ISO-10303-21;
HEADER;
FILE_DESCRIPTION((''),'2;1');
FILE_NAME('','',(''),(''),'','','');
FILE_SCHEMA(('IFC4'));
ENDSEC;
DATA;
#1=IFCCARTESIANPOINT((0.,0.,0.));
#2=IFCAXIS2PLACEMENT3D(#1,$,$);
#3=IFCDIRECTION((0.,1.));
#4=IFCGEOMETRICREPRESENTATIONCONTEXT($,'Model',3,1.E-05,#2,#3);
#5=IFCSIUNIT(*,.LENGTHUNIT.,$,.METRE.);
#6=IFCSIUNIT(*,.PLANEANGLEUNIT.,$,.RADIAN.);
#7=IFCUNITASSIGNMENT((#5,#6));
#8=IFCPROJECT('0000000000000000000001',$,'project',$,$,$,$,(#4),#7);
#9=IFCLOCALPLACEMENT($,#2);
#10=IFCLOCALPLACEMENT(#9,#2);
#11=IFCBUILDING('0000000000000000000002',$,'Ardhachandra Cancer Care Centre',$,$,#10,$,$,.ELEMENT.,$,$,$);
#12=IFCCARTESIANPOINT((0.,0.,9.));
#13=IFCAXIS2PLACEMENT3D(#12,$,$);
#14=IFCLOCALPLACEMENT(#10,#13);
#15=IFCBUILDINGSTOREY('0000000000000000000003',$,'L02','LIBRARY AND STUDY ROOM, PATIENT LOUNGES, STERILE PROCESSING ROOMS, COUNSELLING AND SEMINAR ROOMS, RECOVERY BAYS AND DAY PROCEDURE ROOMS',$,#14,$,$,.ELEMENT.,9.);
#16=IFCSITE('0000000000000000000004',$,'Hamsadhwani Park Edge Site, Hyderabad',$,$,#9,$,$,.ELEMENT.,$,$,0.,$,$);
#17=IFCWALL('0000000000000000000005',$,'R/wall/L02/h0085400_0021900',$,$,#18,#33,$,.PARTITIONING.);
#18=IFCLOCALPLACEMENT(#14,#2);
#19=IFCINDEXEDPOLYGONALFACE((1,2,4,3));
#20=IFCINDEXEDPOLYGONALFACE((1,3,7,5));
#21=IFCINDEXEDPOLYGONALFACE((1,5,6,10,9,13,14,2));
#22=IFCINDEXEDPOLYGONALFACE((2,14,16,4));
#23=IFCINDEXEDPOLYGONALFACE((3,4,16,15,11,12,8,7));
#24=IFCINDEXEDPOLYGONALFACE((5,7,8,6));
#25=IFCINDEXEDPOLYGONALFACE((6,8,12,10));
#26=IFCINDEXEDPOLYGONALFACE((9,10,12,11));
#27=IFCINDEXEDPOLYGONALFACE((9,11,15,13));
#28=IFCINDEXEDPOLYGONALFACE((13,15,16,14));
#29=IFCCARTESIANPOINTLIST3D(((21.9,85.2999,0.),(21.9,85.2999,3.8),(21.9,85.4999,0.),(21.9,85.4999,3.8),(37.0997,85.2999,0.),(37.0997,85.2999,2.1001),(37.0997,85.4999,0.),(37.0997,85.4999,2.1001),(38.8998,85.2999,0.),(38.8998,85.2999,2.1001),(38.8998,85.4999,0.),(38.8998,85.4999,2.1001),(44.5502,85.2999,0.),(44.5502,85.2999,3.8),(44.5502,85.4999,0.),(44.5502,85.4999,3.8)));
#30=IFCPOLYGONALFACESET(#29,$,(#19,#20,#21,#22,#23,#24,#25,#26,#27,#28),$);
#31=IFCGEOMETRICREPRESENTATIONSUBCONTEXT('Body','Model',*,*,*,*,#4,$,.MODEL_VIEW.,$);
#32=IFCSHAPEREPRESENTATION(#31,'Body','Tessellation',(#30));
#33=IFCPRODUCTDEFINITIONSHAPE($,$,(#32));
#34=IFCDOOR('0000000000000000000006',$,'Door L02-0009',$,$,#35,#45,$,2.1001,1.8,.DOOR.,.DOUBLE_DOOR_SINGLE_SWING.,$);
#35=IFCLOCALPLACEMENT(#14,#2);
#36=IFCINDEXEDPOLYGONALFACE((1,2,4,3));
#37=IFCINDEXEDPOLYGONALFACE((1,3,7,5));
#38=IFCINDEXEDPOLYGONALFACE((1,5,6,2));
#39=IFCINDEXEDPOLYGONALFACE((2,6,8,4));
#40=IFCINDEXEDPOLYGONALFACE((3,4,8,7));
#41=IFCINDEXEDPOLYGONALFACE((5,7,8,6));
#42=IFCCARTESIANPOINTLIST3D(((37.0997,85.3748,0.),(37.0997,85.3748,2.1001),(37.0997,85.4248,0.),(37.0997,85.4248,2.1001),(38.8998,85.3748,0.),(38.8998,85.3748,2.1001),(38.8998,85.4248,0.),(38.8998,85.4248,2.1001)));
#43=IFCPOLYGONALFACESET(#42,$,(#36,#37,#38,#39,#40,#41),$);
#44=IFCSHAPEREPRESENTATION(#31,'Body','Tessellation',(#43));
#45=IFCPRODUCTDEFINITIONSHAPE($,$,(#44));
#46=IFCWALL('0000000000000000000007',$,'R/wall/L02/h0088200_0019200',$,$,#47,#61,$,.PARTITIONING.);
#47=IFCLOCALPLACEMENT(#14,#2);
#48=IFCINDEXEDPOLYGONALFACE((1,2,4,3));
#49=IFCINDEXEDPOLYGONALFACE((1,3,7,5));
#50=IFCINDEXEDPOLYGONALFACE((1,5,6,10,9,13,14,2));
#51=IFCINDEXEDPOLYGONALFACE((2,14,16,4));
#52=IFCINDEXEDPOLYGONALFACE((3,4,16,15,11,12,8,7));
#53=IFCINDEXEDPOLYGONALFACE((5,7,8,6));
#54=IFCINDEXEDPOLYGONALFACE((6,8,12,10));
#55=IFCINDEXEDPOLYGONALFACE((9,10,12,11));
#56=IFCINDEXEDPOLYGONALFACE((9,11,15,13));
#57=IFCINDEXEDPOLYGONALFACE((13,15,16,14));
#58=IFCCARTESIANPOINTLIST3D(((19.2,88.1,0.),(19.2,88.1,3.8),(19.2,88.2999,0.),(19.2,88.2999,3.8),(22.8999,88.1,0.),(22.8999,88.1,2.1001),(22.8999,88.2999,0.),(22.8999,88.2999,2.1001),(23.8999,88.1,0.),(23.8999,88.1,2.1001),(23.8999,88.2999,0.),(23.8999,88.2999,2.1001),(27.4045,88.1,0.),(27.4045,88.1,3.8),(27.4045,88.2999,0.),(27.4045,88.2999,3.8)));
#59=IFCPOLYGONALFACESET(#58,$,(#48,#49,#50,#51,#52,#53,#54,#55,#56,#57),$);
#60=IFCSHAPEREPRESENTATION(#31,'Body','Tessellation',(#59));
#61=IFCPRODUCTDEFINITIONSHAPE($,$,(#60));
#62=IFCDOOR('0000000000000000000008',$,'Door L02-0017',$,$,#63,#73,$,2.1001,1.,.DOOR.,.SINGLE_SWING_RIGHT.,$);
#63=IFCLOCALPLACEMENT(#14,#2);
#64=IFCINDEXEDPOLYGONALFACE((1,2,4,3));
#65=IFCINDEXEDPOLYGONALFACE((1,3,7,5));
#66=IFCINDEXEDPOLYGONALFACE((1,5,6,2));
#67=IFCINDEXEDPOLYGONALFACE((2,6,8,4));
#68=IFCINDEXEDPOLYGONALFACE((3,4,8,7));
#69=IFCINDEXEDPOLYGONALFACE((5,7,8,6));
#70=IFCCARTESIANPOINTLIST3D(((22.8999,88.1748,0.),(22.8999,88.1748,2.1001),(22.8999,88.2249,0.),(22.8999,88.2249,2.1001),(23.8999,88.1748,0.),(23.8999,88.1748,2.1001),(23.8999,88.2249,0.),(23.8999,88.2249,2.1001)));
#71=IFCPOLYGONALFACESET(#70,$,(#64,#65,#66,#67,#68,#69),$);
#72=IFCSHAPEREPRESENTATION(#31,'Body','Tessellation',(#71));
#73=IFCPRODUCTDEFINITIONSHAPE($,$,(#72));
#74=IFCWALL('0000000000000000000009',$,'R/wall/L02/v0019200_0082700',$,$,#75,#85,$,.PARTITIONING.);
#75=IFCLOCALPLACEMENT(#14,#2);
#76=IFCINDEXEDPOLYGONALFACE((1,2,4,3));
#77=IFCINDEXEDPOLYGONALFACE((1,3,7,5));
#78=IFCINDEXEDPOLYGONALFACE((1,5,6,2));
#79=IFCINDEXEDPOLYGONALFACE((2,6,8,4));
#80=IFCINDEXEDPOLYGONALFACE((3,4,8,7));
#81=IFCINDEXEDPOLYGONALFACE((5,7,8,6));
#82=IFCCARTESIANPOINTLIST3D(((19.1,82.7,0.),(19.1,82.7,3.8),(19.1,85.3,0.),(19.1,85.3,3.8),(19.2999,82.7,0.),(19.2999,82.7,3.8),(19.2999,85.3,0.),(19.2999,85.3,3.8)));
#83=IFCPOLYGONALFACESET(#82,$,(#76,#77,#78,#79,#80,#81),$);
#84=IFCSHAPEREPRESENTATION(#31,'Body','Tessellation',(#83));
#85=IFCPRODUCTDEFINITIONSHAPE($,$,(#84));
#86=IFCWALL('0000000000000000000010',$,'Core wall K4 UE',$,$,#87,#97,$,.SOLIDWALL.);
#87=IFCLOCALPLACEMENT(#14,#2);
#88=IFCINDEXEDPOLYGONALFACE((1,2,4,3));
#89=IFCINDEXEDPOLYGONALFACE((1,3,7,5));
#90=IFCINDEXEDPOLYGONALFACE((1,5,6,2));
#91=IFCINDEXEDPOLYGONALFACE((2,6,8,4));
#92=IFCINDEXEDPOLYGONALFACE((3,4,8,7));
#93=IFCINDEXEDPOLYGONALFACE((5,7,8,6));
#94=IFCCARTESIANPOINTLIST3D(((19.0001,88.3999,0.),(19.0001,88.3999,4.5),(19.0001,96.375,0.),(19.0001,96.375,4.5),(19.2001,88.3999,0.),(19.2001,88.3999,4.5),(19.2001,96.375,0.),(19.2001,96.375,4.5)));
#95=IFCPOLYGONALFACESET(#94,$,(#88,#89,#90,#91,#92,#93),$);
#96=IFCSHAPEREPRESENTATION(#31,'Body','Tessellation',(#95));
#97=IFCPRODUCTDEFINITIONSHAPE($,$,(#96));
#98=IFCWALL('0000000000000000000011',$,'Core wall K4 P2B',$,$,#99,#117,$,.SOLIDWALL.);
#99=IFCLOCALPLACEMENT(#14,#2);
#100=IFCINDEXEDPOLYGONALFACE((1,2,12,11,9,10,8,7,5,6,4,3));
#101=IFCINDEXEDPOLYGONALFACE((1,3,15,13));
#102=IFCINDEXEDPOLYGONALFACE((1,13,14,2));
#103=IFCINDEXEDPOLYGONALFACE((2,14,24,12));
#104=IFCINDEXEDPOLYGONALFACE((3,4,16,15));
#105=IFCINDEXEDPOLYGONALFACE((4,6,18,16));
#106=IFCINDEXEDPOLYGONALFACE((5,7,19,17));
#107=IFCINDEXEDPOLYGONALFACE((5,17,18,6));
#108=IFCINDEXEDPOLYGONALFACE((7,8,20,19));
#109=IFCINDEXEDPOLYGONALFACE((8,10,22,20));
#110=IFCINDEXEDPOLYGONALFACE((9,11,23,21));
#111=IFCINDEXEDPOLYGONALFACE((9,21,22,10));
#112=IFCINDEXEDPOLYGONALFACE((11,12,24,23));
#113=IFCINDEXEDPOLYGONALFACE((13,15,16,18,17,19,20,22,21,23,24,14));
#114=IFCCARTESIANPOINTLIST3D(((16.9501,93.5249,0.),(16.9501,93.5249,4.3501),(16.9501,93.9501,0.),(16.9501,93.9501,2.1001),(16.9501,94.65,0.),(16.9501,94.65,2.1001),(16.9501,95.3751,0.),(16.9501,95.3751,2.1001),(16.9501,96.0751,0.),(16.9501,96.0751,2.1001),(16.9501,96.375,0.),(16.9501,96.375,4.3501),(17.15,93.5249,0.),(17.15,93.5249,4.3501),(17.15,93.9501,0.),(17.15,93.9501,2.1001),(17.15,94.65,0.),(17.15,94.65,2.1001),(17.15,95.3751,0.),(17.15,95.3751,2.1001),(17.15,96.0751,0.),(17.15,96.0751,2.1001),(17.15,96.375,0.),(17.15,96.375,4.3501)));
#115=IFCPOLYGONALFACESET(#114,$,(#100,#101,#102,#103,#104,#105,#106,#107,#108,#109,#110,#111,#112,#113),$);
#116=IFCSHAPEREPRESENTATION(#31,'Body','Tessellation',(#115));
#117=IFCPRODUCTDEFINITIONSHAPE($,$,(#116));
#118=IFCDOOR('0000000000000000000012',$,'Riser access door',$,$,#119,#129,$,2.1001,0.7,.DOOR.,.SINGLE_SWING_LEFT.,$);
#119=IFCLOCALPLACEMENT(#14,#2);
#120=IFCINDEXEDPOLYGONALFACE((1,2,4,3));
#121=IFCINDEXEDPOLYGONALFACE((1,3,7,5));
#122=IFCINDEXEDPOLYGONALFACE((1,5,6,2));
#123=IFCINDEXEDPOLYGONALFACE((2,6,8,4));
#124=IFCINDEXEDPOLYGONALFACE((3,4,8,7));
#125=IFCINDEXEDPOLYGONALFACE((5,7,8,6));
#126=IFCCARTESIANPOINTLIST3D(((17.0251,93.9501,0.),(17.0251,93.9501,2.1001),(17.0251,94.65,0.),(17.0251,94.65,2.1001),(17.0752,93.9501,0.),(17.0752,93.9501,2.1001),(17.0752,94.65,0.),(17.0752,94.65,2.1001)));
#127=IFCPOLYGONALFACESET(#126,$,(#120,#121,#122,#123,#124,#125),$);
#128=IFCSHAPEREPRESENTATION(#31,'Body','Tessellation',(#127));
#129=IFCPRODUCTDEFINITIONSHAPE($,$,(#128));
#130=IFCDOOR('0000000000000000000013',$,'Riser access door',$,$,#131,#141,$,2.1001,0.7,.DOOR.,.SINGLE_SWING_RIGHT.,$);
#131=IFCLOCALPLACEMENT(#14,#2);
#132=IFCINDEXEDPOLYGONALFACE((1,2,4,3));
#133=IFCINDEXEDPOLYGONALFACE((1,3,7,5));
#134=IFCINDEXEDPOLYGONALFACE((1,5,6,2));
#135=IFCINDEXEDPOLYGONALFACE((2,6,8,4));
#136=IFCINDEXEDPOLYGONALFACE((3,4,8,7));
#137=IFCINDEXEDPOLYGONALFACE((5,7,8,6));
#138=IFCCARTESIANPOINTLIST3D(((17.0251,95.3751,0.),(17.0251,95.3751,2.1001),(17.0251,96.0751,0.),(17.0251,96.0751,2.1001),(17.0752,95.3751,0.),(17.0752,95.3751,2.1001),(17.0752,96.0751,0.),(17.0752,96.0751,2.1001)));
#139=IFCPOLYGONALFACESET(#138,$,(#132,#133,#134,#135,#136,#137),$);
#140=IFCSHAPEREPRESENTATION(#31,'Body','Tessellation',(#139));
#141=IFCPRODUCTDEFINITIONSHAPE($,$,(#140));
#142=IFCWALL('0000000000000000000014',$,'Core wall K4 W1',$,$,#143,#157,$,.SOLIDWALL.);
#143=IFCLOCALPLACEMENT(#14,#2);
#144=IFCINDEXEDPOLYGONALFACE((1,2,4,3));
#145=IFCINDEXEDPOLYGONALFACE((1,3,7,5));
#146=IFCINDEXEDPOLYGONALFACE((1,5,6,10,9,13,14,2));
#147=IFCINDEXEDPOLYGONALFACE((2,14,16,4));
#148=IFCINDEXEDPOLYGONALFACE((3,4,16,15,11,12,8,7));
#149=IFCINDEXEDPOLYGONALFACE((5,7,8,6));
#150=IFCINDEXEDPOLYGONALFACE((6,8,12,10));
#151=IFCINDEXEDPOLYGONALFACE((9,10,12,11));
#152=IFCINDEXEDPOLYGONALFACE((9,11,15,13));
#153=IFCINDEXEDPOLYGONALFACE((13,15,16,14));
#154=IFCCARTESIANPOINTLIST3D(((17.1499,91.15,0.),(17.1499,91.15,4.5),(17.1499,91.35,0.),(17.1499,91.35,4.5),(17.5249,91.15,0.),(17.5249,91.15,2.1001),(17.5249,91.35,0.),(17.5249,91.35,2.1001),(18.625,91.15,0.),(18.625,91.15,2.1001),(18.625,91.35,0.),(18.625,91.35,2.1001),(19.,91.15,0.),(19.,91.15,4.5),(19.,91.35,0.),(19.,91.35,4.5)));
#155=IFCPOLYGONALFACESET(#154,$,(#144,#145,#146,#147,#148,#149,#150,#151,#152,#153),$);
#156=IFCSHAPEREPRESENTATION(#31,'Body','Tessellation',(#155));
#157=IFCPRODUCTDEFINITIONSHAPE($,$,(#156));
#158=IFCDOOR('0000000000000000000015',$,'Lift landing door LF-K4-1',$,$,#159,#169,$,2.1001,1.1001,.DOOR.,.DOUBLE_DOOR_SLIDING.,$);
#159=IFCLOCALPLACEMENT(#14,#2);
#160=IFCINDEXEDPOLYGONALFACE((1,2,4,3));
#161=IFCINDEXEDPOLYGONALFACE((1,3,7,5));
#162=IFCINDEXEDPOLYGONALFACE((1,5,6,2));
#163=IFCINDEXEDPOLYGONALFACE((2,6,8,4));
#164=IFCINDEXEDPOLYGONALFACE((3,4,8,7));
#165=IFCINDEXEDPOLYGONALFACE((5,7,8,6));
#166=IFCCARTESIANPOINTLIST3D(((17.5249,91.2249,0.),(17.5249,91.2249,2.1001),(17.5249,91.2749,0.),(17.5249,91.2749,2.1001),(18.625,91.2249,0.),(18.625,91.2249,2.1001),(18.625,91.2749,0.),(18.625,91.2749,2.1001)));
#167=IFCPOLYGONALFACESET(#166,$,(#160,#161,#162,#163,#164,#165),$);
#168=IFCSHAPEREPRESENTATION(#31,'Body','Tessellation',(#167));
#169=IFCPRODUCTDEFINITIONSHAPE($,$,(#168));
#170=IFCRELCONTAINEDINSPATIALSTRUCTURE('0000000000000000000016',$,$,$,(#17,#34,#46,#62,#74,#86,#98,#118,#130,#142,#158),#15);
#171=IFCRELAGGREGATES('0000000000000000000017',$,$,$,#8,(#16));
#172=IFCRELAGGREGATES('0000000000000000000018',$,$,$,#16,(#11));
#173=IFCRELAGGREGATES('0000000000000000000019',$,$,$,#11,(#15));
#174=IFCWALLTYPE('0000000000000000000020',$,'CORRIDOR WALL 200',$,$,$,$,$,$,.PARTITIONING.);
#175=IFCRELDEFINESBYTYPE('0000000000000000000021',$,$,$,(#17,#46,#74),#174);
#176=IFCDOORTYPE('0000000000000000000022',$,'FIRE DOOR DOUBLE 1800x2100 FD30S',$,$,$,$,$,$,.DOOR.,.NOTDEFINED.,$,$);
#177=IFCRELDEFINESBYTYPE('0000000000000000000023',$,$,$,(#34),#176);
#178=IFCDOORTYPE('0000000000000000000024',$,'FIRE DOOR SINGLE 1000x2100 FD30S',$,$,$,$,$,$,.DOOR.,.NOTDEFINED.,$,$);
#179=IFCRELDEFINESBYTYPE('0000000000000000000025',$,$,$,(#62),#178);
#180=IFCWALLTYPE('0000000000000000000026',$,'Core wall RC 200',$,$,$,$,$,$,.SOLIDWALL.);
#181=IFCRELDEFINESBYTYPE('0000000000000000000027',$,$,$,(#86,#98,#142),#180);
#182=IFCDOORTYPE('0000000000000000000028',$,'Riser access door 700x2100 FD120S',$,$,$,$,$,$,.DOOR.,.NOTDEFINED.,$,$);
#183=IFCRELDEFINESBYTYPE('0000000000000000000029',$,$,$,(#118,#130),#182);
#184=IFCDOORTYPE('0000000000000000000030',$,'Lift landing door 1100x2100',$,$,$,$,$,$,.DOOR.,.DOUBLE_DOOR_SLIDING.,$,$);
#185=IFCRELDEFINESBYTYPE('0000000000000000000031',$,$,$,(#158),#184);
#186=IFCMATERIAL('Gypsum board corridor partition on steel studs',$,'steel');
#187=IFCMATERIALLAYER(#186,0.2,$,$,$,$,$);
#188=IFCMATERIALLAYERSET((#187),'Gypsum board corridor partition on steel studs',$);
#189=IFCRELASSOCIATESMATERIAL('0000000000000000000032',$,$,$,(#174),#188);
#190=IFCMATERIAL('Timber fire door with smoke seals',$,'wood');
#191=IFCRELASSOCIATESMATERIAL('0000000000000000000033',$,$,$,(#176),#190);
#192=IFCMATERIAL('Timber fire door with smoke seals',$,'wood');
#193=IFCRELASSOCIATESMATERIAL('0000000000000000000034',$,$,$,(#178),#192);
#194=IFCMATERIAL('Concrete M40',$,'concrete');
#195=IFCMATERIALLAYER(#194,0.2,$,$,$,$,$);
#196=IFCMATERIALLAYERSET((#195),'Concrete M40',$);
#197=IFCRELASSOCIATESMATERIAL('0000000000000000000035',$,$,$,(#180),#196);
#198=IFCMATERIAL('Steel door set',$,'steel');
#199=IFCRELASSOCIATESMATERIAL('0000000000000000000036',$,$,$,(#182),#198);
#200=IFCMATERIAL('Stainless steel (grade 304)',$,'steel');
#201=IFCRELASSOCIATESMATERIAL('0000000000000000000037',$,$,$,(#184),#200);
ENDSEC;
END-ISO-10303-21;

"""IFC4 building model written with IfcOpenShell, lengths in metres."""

from ifc_helpers import new_model, si_unit, direction, frame, frame_2d, origin, place, context, subcontext, project, spatial, rectangle, extrude, material, layer, layer_set, type_object, element, fill, save


model = new_model("IFC4")

# Units and contexts
model_context = context("Model", 3, precision=1e-05, world=origin(), true_north=direction((0.0, 1.0)))
body_context = subcontext(model_context, "Body", "Model", "MODEL_VIEW")
ifc_project = project(units=[si_unit("LENGTHUNIT", "METRE"), si_unit("PLANEANGLEUNIT", "RADIAN")], contexts=[model_context])

# Site, building, storey
site_placement = place(None, origin())
site = spatial("IfcSite", under=ifc_project, at=site_placement, Name="Hamsadhwani Park Edge Site, Hyderabad", CompositionType="ELEMENT", RefElevation=0.0)
building_placement = place(site_placement, origin())
building = spatial("IfcBuilding", under=site, at=building_placement, Name="Ardhachandra Cancer Care Centre", CompositionType="ELEMENT")
storey_placement = place(building_placement, frame((0.0, 0.0, 9.0)))
storey = spatial("IfcBuildingStorey", under=building, at=storey_placement, Name="L02", Description="LIBRARY AND STUDY ROOM, PATIENT LOUNGES, STERILE PROCESSING ROOMS, COUNSELLING AND SEMINAR ROOMS, RECOVERY BAYS AND DAY PROCEDURE ROOMS", CompositionType="ELEMENT", Elevation=9.0)

# Walls, openings, doors
ifc_material_1 = material(Name="Gypsum board corridor partition on steel studs", Category="steel")
ifc_layer_1 = layer(ifc_material_1, 0.2)
ifc_layer_set_1 = layer_set([ifc_layer_1], Name="Gypsum board corridor partition on steel studs")
wall_type_1 = type_object("IfcWallType", Name="CORRIDOR WALL 200", PredefinedType="PARTITIONING", material=ifc_layer_set_1)
wall_1_placement = place(storey_placement, frame((21.8999, 85.3999, 0.0), z_axis=(0.0, 0.0, 1.0), x_axis=(1.0, 0.0, 0.0)))
wall_1 = element("IfcWall", 1, at=wall_1_placement, inside=storey, type_object=wall_type_1, Name="R/wall/L02/h0085400_0021900", PredefinedType="PARTITIONING", context=body_context, shape_type="SweptSolid", body=[
    extrude(rectangle(XDim=22.6501, YDim=0.2, at=frame_2d((11.3252, 0.0))), origin(), (0.0, 0.0, 1.0), 3.8),
])
opening_1_placement = place(wall_1_placement, frame((15.2, 0.0, 0.0)))
opening_1 = element("IfcOpeningElement", 2, at=opening_1_placement, cuts=wall_1, PredefinedType="OPENING", context=body_context, shape_type="SweptSolid", body=[
    extrude(rectangle(XDim=1.8, YDim=2.1001, at=frame_2d((0.8999, 1.05))), frame((0.0, 0.1099, 0.0), z_axis=(0.0, -1.0, 0.0), x_axis=(1.0, 0.0, 0.0)), (0.0, 0.0, 1.0), 0.22),
])
ifc_material_2 = material(Name="Timber fire door with smoke seals", Category="wood")
door_type_1 = type_object("IfcDoorType", Name="FIRE DOOR DOUBLE 1800x2100 FD30S", OperationType="NOTDEFINED", PredefinedType="DOOR", material=ifc_material_2)
door_1_placement = place(opening_1_placement, origin())
door_1 = element("IfcDoor", 3, at=door_1_placement, inside=storey, type_object=door_type_1, Name="Door L02-0009", OperationType="DOUBLE_DOOR_SINGLE_SWING", OverallHeight=2.1001, OverallWidth=1.8, PredefinedType="DOOR", context=body_context, shape_type="SweptSolid", body=[
    extrude(rectangle(XDim=1.8, YDim=2.1001, at=frame_2d((0.8999, 1.05))), frame((0.0, 0.0249, 0.0), z_axis=(0.0, -1.0, 0.0), x_axis=(1.0, 0.0, 0.0)), (0.0, 0.0, 1.0), 0.05),
])
fill(opening_1, door_1)
wall_2_placement = place(storey_placement, frame((19.2, 88.2, 0.0), z_axis=(0.0, 0.0, 1.0), x_axis=(1.0, 0.0, 0.0)))
wall_2 = element("IfcWall", 4, at=wall_2_placement, inside=storey, type_object=wall_type_1, Name="R/wall/L02/h0088200_0019200", PredefinedType="PARTITIONING", context=body_context, shape_type="SweptSolid", body=[
    extrude(rectangle(XDim=8.2046, YDim=0.2, at=frame_2d((4.1023, 0.0))), origin(), (0.0, 0.0, 1.0), 3.8),
])
opening_2_placement = place(wall_2_placement, frame((3.7, 0.0, 0.0)))
opening_2 = element("IfcOpeningElement", 5, at=opening_2_placement, cuts=wall_2, PredefinedType="OPENING", context=body_context, shape_type="SweptSolid", body=[
    extrude(rectangle(XDim=1.0, YDim=2.1001, at=frame_2d((0.5, 1.05))), frame((0.0, 0.1099, 0.0), z_axis=(0.0, -1.0, 0.0), x_axis=(1.0, 0.0, 0.0)), (0.0, 0.0, 1.0), 0.22),
])
ifc_material_3 = material(Name="Timber fire door with smoke seals", Category="wood")
door_type_2 = type_object("IfcDoorType", Name="FIRE DOOR SINGLE 1000x2100 FD30S", OperationType="NOTDEFINED", PredefinedType="DOOR", material=ifc_material_3)
door_2_placement = place(opening_2_placement, origin())
door_2 = element("IfcDoor", 6, at=door_2_placement, inside=storey, type_object=door_type_2, Name="Door L02-0017", OperationType="SINGLE_SWING_RIGHT", OverallHeight=2.1001, OverallWidth=1.0, PredefinedType="DOOR", context=body_context, shape_type="SweptSolid", body=[
    extrude(rectangle(XDim=1.0, YDim=2.1001, at=frame_2d((0.5, 1.05))), frame((0.0, 0.0249, 0.0), z_axis=(0.0, -1.0, 0.0), x_axis=(1.0, 0.0, 0.0)), (0.0, 0.0, 1.0), 0.05),
])
fill(opening_2, door_2)

# Walls
wall_3_placement = place(storey_placement, frame((19.2, 82.7, 0.0), z_axis=(0.0, 0.0, 1.0), x_axis=(0.0, 1.0, 0.0)))
element("IfcWall", 7, at=wall_3_placement, inside=storey, type_object=wall_type_1, Name="R/wall/L02/v0019200_0082700", PredefinedType="PARTITIONING", context=body_context, shape_type="SweptSolid", body=[
    extrude(rectangle(XDim=2.6001, YDim=0.2, at=frame_2d((1.3, 0.0))), origin(), (0.0, 0.0, 1.0), 3.8),
])
ifc_material_4 = material(Name="Concrete M40", Category="concrete")
ifc_layer_2 = layer(ifc_material_4, 0.2)
ifc_layer_set_2 = layer_set([ifc_layer_2], Name="Concrete M40")
wall_type_2 = type_object("IfcWallType", Name="Core wall RC 200", PredefinedType="SOLIDWALL", material=ifc_layer_set_2)
wall_4_placement = place(storey_placement, frame((19.1001, 88.3999, 0.0), z_axis=(0.0, 0.0, 1.0), x_axis=(0.0, 1.0, 0.0)))
element("IfcWall", 8, at=wall_4_placement, inside=storey, type_object=wall_type_2, Name="Core wall K4 UE", PredefinedType="SOLIDWALL", context=body_context, shape_type="SweptSolid", body=[
    extrude(rectangle(XDim=7.9751, YDim=0.2, at=frame_2d((3.9875, 0.0))), origin(), (0.0, 0.0, 1.0), 4.5),
])

# Wall, openings, doors
wall_5_placement = place(storey_placement, frame((17.05, 93.5249, 0.0), z_axis=(0.0, 0.0, 1.0), x_axis=(0.0, 1.0, 0.0)))
wall_5 = element("IfcWall", 9, at=wall_5_placement, inside=storey, type_object=wall_type_2, Name="Core wall K4 P2B", PredefinedType="SOLIDWALL", context=body_context, shape_type="SweptSolid", body=[
    extrude(rectangle(XDim=2.8501, YDim=0.2, at=frame_2d((1.425, 0.0))), origin(), (0.0, 0.0, 1.0), 4.3501),
])
opening_3_placement = place(wall_5_placement, frame((0.425, 0.0, 0.0)))
opening_3 = element("IfcOpeningElement", 10, at=opening_3_placement, cuts=wall_5, PredefinedType="OPENING", context=body_context, shape_type="SweptSolid", body=[
    extrude(rectangle(XDim=0.7, YDim=2.1001, at=frame_2d((0.3501, 1.05))), frame((0.0, 0.1099, 0.0), z_axis=(0.0, -1.0, 0.0), x_axis=(1.0, 0.0, 0.0)), (0.0, 0.0, 1.0), 0.22),
])
opening_4_placement = place(wall_5_placement, frame((1.8501, 0.0, 0.0)))
opening_4 = element("IfcOpeningElement", 11, at=opening_4_placement, cuts=wall_5, PredefinedType="OPENING", context=body_context, shape_type="SweptSolid", body=[
    extrude(rectangle(XDim=0.7, YDim=2.1001, at=frame_2d((0.3501, 1.05))), frame((0.0, 0.1099, 0.0), z_axis=(0.0, -1.0, 0.0), x_axis=(1.0, 0.0, 0.0)), (0.0, 0.0, 1.0), 0.22),
])
ifc_material_5 = material(Name="Steel door set", Category="steel")
door_type_3 = type_object("IfcDoorType", Name="Riser access door 700x2100 FD120S", OperationType="NOTDEFINED", PredefinedType="DOOR", material=ifc_material_5)
door_3_placement = place(opening_3_placement, origin())
door_3 = element("IfcDoor", 12, at=door_3_placement, inside=storey, type_object=door_type_3, Name="Riser access door", OperationType="SINGLE_SWING_LEFT", OverallHeight=2.1001, OverallWidth=0.7, PredefinedType="DOOR", context=body_context, shape_type="SweptSolid", body=[
    extrude(rectangle(XDim=0.7, YDim=2.1001, at=frame_2d((0.3501, 1.05))), frame((0.0, 0.0249, 0.0), z_axis=(0.0, -1.0, 0.0), x_axis=(1.0, 0.0, 0.0)), (0.0, 0.0, 1.0), 0.05),
])
fill(opening_3, door_3)
door_4_placement = place(opening_4_placement, origin())
door_4 = element("IfcDoor", 13, at=door_4_placement, inside=storey, type_object=door_type_3, Name="Riser access door", OperationType="SINGLE_SWING_RIGHT", OverallHeight=2.1001, OverallWidth=0.7, PredefinedType="DOOR", context=body_context, shape_type="SweptSolid", body=[
    extrude(rectangle(XDim=0.7, YDim=2.1001, at=frame_2d((0.3501, 1.05))), frame((0.0, 0.0249, 0.0), z_axis=(0.0, -1.0, 0.0), x_axis=(1.0, 0.0, 0.0)), (0.0, 0.0, 1.0), 0.05),
])
fill(opening_4, door_4)

# Wall, opening, door
wall_6_placement = place(storey_placement, frame((17.1499, 91.25, 0.0), z_axis=(0.0, 0.0, 1.0), x_axis=(1.0, 0.0, 0.0)))
wall_6 = element("IfcWall", 14, at=wall_6_placement, inside=storey, type_object=wall_type_2, Name="Core wall K4 W1", PredefinedType="SOLIDWALL", context=body_context, shape_type="SweptSolid", body=[
    extrude(rectangle(XDim=1.8501, YDim=0.2, at=frame_2d((0.925, 0.0))), origin(), (0.0, 0.0, 1.0), 4.5),
])
opening_5_placement = place(wall_6_placement, frame((0.375, 0.0, 0.0)))
opening_5 = element("IfcOpeningElement", 15, at=opening_5_placement, cuts=wall_6, PredefinedType="OPENING", context=body_context, shape_type="SweptSolid", body=[
    extrude(rectangle(XDim=1.1001, YDim=2.1001, at=frame_2d((0.55, 1.05))), frame((0.0, 0.1099, 0.0), z_axis=(0.0, -1.0, 0.0), x_axis=(1.0, 0.0, 0.0)), (0.0, 0.0, 1.0), 0.22),
])
ifc_material_6 = material(Name="Stainless steel (grade 304)", Category="steel")
door_type_4 = type_object("IfcDoorType", Name="Lift landing door 1100x2100", OperationType="DOUBLE_DOOR_SLIDING", PredefinedType="DOOR", material=ifc_material_6)
door_5_placement = place(opening_5_placement, origin())
door_5 = element("IfcDoor", 16, at=door_5_placement, inside=storey, type_object=door_type_4, Name="Lift landing door LF-K4-1", OperationType="DOUBLE_DOOR_SLIDING", OverallHeight=2.1001, OverallWidth=1.1001, PredefinedType="DOOR", context=body_context, shape_type="SweptSolid", body=[
    extrude(rectangle(XDim=1.1001, YDim=2.1001, at=frame_2d((0.55, 1.05))), frame((0.0, 0.0249, 0.0), z_axis=(0.0, -1.0, 0.0), x_axis=(1.0, 0.0, 0.0)), (0.0, 0.0, 1.0), 0.05),
])
fill(opening_5, door_5)

save(model, "model.ifc")
